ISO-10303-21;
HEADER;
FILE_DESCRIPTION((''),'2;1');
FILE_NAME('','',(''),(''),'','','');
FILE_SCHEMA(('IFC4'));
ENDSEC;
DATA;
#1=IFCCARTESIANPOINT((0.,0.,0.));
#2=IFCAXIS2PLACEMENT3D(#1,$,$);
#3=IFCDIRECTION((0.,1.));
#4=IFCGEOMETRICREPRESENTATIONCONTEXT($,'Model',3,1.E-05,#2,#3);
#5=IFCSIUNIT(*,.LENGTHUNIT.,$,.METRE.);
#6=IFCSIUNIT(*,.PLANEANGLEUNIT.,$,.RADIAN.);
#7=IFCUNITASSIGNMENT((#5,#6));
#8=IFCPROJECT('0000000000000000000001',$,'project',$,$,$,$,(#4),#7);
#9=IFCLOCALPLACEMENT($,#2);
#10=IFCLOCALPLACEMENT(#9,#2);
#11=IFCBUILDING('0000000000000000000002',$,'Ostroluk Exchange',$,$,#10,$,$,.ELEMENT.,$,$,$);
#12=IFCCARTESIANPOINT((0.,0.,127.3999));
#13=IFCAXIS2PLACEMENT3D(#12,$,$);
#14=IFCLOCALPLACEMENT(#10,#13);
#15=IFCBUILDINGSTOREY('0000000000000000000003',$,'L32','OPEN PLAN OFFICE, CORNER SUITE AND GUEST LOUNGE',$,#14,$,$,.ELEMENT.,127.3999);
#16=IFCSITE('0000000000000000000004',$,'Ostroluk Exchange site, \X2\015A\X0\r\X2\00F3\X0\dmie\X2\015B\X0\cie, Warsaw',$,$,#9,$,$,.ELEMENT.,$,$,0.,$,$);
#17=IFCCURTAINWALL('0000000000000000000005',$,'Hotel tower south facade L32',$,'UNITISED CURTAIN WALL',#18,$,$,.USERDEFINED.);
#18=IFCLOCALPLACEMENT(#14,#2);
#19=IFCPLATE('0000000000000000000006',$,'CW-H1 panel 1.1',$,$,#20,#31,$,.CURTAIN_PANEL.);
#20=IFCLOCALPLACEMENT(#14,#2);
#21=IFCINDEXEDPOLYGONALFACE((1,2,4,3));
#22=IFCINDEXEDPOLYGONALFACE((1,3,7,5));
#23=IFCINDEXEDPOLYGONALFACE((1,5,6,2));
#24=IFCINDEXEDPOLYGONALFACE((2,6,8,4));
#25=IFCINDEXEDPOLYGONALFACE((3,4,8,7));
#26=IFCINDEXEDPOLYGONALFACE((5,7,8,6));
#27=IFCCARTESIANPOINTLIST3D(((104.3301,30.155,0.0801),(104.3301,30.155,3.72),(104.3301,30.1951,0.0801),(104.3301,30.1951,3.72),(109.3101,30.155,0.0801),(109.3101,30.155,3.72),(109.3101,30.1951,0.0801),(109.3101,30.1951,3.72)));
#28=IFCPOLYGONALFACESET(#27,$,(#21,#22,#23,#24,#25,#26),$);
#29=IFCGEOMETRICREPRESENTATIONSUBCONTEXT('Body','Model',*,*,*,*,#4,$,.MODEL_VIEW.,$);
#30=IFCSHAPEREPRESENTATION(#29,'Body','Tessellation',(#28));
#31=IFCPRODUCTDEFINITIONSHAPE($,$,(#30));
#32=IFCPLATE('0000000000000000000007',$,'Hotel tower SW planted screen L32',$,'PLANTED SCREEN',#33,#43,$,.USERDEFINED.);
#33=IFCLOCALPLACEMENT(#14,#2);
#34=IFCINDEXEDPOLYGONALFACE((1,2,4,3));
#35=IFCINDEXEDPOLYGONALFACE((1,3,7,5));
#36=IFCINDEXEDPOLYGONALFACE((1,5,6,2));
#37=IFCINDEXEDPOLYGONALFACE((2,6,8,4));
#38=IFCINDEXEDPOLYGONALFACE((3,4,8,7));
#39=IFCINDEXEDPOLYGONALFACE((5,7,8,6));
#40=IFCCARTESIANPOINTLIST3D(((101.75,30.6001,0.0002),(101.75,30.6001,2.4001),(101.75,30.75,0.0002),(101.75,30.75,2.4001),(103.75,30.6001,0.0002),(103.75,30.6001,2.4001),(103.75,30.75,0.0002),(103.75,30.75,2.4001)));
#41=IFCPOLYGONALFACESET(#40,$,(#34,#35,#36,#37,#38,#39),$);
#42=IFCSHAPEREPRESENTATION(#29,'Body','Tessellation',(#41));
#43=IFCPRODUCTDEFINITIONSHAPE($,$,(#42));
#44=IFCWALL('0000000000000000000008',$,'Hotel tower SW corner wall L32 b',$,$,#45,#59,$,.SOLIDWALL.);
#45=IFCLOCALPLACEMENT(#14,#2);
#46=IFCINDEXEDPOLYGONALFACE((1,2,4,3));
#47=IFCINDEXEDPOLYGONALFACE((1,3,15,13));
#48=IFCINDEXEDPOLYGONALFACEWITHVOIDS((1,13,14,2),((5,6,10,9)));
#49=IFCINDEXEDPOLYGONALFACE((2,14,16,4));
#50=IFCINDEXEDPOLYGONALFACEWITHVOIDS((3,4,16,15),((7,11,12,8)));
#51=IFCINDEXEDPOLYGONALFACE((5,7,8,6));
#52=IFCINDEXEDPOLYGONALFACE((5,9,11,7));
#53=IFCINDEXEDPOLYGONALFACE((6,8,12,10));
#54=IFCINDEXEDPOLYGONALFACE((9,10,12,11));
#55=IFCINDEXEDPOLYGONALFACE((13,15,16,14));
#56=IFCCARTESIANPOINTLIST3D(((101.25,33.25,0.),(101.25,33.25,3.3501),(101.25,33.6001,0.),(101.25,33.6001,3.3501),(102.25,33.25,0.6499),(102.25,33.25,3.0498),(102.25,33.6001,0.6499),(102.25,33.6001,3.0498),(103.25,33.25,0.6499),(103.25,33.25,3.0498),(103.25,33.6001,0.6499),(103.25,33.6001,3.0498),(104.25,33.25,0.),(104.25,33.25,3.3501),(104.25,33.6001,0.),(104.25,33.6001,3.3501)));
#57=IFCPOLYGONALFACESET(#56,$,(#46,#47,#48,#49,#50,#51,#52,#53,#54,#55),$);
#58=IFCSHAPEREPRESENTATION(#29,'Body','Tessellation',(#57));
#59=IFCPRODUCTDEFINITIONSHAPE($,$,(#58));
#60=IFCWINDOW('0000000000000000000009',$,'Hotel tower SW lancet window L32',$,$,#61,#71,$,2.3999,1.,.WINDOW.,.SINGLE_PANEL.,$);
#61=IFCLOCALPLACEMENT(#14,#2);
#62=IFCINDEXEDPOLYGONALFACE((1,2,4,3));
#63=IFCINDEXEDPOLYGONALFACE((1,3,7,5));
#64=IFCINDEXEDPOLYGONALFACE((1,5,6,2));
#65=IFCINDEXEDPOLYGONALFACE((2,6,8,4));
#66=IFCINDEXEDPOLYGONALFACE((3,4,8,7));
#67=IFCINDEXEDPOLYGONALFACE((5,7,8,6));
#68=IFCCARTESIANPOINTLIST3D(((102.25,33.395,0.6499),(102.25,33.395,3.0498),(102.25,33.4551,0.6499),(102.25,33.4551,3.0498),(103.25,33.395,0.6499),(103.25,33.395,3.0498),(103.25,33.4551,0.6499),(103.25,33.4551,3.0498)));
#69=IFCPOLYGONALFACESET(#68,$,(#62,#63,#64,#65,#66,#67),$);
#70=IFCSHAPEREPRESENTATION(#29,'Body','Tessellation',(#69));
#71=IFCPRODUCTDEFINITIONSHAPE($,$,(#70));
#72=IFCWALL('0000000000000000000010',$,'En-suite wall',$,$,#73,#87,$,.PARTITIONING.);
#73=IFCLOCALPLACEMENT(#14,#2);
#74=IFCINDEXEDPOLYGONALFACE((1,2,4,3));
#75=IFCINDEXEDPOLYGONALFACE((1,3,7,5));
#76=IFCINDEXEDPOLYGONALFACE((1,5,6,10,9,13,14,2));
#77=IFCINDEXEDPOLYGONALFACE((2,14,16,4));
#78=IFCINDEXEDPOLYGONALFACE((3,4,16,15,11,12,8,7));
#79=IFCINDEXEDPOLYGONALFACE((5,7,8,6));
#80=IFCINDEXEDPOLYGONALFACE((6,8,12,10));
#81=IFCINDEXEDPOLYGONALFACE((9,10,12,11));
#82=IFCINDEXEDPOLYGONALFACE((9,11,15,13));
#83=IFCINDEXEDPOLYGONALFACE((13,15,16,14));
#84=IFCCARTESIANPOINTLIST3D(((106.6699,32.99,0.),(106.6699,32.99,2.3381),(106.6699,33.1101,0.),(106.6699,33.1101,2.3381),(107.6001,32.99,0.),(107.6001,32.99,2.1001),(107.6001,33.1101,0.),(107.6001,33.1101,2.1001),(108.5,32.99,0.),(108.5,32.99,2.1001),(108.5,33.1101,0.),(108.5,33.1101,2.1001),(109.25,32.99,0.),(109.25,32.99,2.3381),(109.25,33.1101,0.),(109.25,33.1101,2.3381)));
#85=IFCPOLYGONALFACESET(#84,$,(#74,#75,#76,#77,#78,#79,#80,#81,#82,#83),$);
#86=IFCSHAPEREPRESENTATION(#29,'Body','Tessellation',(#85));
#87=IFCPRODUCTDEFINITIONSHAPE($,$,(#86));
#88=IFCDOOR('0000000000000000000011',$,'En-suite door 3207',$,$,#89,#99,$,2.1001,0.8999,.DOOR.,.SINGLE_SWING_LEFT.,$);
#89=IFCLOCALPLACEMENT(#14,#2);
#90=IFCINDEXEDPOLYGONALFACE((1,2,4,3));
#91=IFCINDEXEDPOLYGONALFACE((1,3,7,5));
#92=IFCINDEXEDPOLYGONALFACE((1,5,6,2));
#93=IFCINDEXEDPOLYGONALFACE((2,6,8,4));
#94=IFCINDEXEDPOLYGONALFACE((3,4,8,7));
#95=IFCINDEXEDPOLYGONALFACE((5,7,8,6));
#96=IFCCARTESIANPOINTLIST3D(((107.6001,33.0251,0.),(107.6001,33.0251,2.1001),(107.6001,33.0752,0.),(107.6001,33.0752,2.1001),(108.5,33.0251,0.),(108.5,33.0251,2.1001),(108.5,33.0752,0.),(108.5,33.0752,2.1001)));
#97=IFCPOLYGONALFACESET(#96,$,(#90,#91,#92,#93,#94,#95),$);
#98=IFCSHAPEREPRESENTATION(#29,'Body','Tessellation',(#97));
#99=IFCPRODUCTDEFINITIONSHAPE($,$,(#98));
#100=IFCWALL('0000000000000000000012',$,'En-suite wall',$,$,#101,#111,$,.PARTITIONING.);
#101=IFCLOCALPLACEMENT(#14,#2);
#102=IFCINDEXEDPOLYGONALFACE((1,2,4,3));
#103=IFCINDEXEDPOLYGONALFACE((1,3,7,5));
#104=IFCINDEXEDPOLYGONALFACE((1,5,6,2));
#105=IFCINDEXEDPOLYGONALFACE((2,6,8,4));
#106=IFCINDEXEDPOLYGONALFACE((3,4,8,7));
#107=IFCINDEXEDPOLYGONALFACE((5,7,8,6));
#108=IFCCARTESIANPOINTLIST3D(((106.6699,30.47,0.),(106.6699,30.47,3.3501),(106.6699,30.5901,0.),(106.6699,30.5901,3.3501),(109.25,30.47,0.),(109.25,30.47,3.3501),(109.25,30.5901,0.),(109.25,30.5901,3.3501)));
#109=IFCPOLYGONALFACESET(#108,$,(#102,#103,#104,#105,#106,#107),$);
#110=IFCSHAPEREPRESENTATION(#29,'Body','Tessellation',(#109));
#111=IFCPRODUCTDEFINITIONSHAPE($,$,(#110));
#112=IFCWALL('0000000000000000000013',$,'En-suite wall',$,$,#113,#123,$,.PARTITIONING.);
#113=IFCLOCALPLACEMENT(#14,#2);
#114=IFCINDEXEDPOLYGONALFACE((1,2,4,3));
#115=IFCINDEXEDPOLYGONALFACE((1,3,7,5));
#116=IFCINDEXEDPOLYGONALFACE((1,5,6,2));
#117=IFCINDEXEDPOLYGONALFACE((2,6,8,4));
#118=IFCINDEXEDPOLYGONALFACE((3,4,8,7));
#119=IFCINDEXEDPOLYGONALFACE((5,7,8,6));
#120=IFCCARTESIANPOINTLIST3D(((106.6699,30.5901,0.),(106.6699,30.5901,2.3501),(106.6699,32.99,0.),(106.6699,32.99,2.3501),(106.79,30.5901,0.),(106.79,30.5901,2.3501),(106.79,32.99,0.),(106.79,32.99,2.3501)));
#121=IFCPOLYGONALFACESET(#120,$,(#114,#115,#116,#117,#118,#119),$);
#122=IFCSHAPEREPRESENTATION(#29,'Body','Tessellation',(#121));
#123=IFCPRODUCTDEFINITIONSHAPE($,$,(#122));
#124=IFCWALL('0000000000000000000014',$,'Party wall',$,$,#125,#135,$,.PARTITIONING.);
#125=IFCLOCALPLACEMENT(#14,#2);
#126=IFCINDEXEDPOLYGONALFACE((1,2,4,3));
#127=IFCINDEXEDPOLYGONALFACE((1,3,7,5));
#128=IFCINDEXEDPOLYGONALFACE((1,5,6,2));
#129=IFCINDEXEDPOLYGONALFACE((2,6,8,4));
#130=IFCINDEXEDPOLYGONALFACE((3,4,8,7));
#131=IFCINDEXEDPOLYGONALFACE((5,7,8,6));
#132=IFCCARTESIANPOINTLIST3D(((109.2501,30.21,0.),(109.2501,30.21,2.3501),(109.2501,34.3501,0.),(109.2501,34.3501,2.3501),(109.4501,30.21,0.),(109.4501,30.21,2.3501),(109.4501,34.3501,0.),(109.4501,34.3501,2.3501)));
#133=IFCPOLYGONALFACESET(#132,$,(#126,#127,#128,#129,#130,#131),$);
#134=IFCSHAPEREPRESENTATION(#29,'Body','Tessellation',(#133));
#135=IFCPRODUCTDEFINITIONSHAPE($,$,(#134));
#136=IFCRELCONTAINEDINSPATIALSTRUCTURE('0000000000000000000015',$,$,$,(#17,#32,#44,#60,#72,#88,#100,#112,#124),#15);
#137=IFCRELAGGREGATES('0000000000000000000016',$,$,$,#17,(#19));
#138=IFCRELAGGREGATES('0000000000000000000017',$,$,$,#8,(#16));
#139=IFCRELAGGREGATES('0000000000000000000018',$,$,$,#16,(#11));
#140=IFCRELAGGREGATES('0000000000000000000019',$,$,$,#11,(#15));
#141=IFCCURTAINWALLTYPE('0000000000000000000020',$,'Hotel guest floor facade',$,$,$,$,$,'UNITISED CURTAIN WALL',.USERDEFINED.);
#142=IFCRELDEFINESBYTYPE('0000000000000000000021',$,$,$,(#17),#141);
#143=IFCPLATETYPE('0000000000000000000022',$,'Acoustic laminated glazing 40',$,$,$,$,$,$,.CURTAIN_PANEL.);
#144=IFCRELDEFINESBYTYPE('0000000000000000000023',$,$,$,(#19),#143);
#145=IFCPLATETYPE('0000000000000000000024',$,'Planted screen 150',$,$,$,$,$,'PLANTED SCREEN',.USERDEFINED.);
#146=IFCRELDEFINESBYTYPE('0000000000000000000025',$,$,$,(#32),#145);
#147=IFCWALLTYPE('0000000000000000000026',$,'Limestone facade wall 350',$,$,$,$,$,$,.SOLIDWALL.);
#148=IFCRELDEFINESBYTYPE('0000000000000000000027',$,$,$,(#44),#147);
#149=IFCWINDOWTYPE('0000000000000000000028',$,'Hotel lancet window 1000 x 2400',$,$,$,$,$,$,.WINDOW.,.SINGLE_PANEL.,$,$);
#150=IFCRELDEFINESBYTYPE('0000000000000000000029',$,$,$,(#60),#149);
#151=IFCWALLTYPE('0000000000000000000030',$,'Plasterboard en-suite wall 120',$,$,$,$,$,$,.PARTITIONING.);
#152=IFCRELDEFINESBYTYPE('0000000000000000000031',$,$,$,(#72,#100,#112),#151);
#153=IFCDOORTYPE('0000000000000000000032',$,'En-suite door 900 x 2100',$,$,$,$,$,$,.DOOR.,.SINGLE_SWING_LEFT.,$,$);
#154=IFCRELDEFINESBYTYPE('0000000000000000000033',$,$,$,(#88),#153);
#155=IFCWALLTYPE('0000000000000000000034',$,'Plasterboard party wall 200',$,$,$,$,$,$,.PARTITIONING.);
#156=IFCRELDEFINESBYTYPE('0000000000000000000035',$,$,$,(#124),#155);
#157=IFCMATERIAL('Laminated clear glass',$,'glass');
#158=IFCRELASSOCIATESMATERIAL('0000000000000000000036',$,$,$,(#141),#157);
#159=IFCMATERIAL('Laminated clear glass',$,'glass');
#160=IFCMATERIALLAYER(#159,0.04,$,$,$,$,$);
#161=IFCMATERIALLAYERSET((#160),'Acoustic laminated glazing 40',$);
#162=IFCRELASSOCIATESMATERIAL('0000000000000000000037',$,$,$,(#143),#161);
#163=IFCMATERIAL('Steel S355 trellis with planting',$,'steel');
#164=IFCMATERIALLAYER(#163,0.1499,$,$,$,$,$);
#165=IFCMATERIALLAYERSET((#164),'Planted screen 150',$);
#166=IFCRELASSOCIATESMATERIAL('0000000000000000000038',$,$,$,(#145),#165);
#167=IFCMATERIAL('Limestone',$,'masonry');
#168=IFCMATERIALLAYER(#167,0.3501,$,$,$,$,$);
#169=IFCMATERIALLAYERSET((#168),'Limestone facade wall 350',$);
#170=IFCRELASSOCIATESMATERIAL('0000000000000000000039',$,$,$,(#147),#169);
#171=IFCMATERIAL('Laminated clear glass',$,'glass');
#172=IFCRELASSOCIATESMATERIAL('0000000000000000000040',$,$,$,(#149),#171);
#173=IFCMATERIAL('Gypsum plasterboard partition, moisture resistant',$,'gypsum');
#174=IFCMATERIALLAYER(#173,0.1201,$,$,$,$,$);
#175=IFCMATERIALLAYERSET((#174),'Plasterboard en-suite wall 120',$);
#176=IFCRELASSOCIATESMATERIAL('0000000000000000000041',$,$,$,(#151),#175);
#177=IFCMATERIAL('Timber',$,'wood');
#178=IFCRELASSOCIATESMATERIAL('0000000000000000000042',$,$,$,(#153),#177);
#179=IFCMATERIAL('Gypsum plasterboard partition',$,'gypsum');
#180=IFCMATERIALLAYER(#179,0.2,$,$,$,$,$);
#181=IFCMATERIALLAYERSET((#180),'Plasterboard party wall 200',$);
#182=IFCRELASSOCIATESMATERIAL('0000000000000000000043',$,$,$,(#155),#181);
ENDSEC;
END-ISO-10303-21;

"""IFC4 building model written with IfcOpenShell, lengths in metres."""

from ifc_helpers import new_model, si_unit, direction, frame, frame_2d, origin, origin_2d, place, context, subcontext, project, spatial, rectangle, extrude, material, layer, layer_set, type_object, element, fill, aggregate, save


model = new_model("IFC4")

# Units and contexts
model_context = context("Model", 3, precision=1e-05, world=origin(), true_north=direction((0.0, 1.0)))
body_context = subcontext(model_context, "Body", "Model", "MODEL_VIEW")
ifc_project = project(units=[si_unit("LENGTHUNIT", "METRE"), si_unit("PLANEANGLEUNIT", "RADIAN")], contexts=[model_context])

# Site, building, storey
site_placement = place(None, origin())
site = spatial("IfcSite", under=ifc_project, at=site_placement, Name="Ostroluk Exchange site, Śródmieście, Warsaw", CompositionType="ELEMENT", RefElevation=0.0)
building_placement = place(site_placement, origin())
building = spatial("IfcBuilding", under=site, at=building_placement, Name="Ostroluk Exchange", CompositionType="ELEMENT")
storey_placement = place(building_placement, frame((0.0, 0.0, 127.3999)))
storey = spatial("IfcBuildingStorey", under=building, at=storey_placement, Name="L32", Description="OPEN PLAN OFFICE, CORNER SUITE AND GUEST LOUNGE", CompositionType="ELEMENT", Elevation=127.3999)

# Curtain wall, plate
ifc_material_1 = material(Name="Laminated clear glass", Category="glass")
curtain_wall_type = type_object("IfcCurtainWallType", Name="Hotel guest floor facade", ElementType="UNITISED CURTAIN WALL", PredefinedType="USERDEFINED", material=ifc_material_1)
curtain_wall_placement = place(storey_placement, origin())
curtain_wall = element("IfcCurtainWall", 1, at=curtain_wall_placement, inside=storey, type_object=curtain_wall_type, Name="Hotel tower south facade L32", ObjectType="UNITISED CURTAIN WALL", PredefinedType="USERDEFINED")
ifc_material_2 = material(Name="Laminated clear glass", Category="glass")
ifc_layer_1 = layer(ifc_material_2, 0.04)
ifc_layer_set_1 = layer_set([ifc_layer_1], Name="Acoustic laminated glazing 40")
plate_type_1 = type_object("IfcPlateType", Name="Acoustic laminated glazing 40", PredefinedType="CURTAIN_PANEL", material=ifc_layer_set_1)
plate_1_placement = place(storey_placement, frame((106.8201, 30.175, 0.0801), z_axis=(0.0, 0.0, 1.0), x_axis=(1.0, 0.0, 0.0)))
plate_1 = element("IfcPlate", 2, at=plate_1_placement, type_object=plate_type_1, Name="CW-H1 panel 1.1", PredefinedType="CURTAIN_PANEL", context=body_context, shape_type="SweptSolid", body=[
    extrude(rectangle(XDim=4.98, YDim=0.04, at=origin_2d()), origin(), (0.0, 0.0, 1.0), 3.6399),
])
aggregate(curtain_wall, [plate_1])

# Plate
ifc_material_3 = material(Name="Steel S355 trellis with planting", Category="steel")
ifc_layer_2 = layer(ifc_material_3, 0.1499)
ifc_layer_set_2 = layer_set([ifc_layer_2], Name="Planted screen 150")
plate_type_2 = type_object("IfcPlateType", Name="Planted screen 150", ElementType="PLANTED SCREEN", PredefinedType="USERDEFINED", material=ifc_layer_set_2)
plate_2_placement = place(storey_placement, frame((102.75, 30.675, 0.0002), z_axis=(0.0, 0.0, 1.0), x_axis=(1.0, 0.0, 0.0)))
element("IfcPlate", 3, at=plate_2_placement, inside=storey, type_object=plate_type_2, Name="Hotel tower SW planted screen L32", ObjectType="PLANTED SCREEN", PredefinedType="USERDEFINED", context=body_context, shape_type="SweptSolid", body=[
    extrude(rectangle(XDim=2.0, YDim=0.1499, at=origin_2d()), origin(), (0.0, 0.0, 1.0), 2.3999),
])

# Shared definitions
ifc_material_4 = material(Name="Limestone", Category="masonry")
ifc_layer_3 = layer(ifc_material_4, 0.3501)
ifc_layer_set_3 = layer_set([ifc_layer_3], Name="Limestone facade wall 350")
wall_type_1 = type_object("IfcWallType", Name="Limestone facade wall 350", PredefinedType="SOLIDWALL", material=ifc_layer_set_3)

# Wall, opening, window
wall_1_placement = place(storey_placement, frame((104.25, 33.425, 0.0), z_axis=(0.0, 0.0, 1.0), x_axis=(-1.0, 0.0, 0.0)))
wall_1 = element("IfcWall", 4, at=wall_1_placement, inside=storey, type_object=wall_type_1, Name="Hotel tower SW corner wall L32 b", PredefinedType="SOLIDWALL", context=body_context, shape_type="SweptSolid", body=[
    extrude(rectangle(XDim=3.0, YDim=0.3501, at=frame_2d((1.5, 0.0))), origin(), (0.0, 0.0, 1.0), 3.3501),
])
opening_1_placement = place(wall_1_placement, frame((1.0, 0.0, 0.6499)))
opening_1 = element("IfcOpeningElement", 5, at=opening_1_placement, cuts=wall_1, PredefinedType="OPENING", context=body_context, shape_type="SweptSolid", body=[
    extrude(rectangle(XDim=1.0, YDim=2.3999, at=frame_2d((0.5, 1.2))), frame((0.0, 0.1851, 0.0), z_axis=(0.0, -1.0, 0.0), x_axis=(1.0, 0.0, 0.0)), (0.0, 0.0, 1.0), 0.3701),
])
ifc_material_5 = material(Name="Laminated clear glass", Category="glass")
window_type = type_object("IfcWindowType", Name="Hotel lancet window 1000 x 2400", PartitioningType="SINGLE_PANEL", PredefinedType="WINDOW", material=ifc_material_5)
window_placement = place(opening_1_placement, origin())
window = element("IfcWindow", 6, at=window_placement, inside=storey, type_object=window_type, Name="Hotel tower SW lancet window L32", OverallHeight=2.3999, OverallWidth=1.0, PartitioningType="SINGLE_PANEL", PredefinedType="WINDOW", context=body_context, shape_type="SweptSolid", body=[
    extrude(rectangle(XDim=1.0, YDim=2.3999, at=frame_2d((0.5, 1.2))), frame((0.0, 0.03, 0.0), z_axis=(0.0, -1.0, 0.0), x_axis=(1.0, 0.0, 0.0)), (0.0, 0.0, 1.0), 0.0601),
])
fill(opening_1, window)

# Wall, opening, door
ifc_material_6 = material(Name="Gypsum plasterboard partition, moisture resistant", Category="gypsum")
ifc_layer_4 = layer(ifc_material_6, 0.1201)
ifc_layer_set_4 = layer_set([ifc_layer_4], Name="Plasterboard en-suite wall 120")
wall_type_2 = type_object("IfcWallType", Name="Plasterboard en-suite wall 120", PredefinedType="PARTITIONING", material=ifc_layer_set_4)
wall_2_placement = place(storey_placement, frame((109.25, 33.05, 0.0), z_axis=(0.0, 0.0, 1.0), x_axis=(-1.0, 0.0, 0.0)))
wall_2 = element("IfcWall", 7, at=wall_2_placement, inside=storey, type_object=wall_type_2, Name="En-suite wall", PredefinedType="PARTITIONING", context=body_context, shape_type="SweptSolid", body=[
    extrude(rectangle(XDim=2.5801, YDim=0.1201, at=frame_2d((1.29, 0.0))), origin(), (0.0, 0.0, 1.0), 2.3381),
])
opening_2_placement = place(wall_2_placement, frame((0.75, 0.0, 0.0)))
opening_2 = element("IfcOpeningElement", 8, at=opening_2_placement, cuts=wall_2, PredefinedType="OPENING", context=body_context, shape_type="SweptSolid", body=[
    extrude(rectangle(XDim=0.8999, YDim=2.1001, at=frame_2d((0.45, 1.05))), frame((0.0, 0.0701, 0.0), z_axis=(0.0, -1.0, 0.0), x_axis=(1.0, 0.0, 0.0)), (0.0, 0.0, 1.0), 0.1401),
])
ifc_material_7 = material(Name="Timber", Category="wood")
door_type_1 = type_object("IfcDoorType", Name="En-suite door 900 x 2100", OperationType="SINGLE_SWING_LEFT", PredefinedType="DOOR", material=ifc_material_7)
door_1_placement = place(opening_2_placement, origin())
door_1 = element("IfcDoor", 9, at=door_1_placement, inside=storey, type_object=door_type_1, Name="En-suite door 3207", OperationType="SINGLE_SWING_LEFT", OverallHeight=2.1001, OverallWidth=0.8999, PredefinedType="DOOR", context=body_context, shape_type="SweptSolid", body=[
    extrude(rectangle(XDim=0.8999, YDim=2.1001, at=frame_2d((0.45, 1.05))), frame((0.0, 0.0249, 0.0), z_axis=(0.0, -1.0, 0.0), x_axis=(1.0, 0.0, 0.0)), (0.0, 0.0, 1.0), 0.05),
])
fill(opening_2, door_1)

# Walls
wall_3_placement = place(storey_placement, frame((109.25, 30.53, 0.0), z_axis=(0.0, 0.0, 1.0), x_axis=(-1.0, 0.0, 0.0)))
element("IfcWall", 10, at=wall_3_placement, inside=storey, type_object=wall_type_2, Name="En-suite wall", PredefinedType="PARTITIONING", context=body_context, shape_type="SweptSolid", body=[
    extrude(rectangle(XDim=2.5801, YDim=0.1201, at=frame_2d((1.29, 0.0))), origin(), (0.0, 0.0, 1.0), 3.3501),
])
wall_4_placement = place(storey_placement, frame((106.73, 32.99, 0.0), z_axis=(0.0, 0.0, 1.0), x_axis=(0.0, -1.0, 0.0)))
element("IfcWall", 11, at=wall_4_placement, inside=storey, type_object=wall_type_2, Name="En-suite wall", PredefinedType="PARTITIONING", context=body_context, shape_type="SweptSolid", body=[
    extrude(rectangle(XDim=2.3999, YDim=0.1201, at=frame_2d((1.2, 0.0))), origin(), (0.0, 0.0, 1.0), 2.3501),
])
ifc_material_8 = material(Name="Gypsum plasterboard partition", Category="gypsum")
ifc_layer_5 = layer(ifc_material_8, 0.2)
ifc_layer_set_5 = layer_set([ifc_layer_5], Name="Plasterboard party wall 200")
wall_type_3 = type_object("IfcWallType", Name="Plasterboard party wall 200", PredefinedType="PARTITIONING", material=ifc_layer_set_5)
wall_5_placement = place(storey_placement, frame((109.3501, 34.3501, 0.0), z_axis=(0.0, 0.0, 1.0), x_axis=(0.0, -1.0, 0.0)))
element("IfcWall", 12, at=wall_5_placement, inside=storey, type_object=wall_type_3, Name="Party wall", PredefinedType="PARTITIONING", context=body_context, shape_type="SweptSolid", body=[
    extrude(rectangle(XDim=4.1401, YDim=0.2, at=frame_2d((2.0701, 0.0))), origin(), (0.0, 0.0, 1.0), 2.3501),
])

save(model, "model.ifc")
